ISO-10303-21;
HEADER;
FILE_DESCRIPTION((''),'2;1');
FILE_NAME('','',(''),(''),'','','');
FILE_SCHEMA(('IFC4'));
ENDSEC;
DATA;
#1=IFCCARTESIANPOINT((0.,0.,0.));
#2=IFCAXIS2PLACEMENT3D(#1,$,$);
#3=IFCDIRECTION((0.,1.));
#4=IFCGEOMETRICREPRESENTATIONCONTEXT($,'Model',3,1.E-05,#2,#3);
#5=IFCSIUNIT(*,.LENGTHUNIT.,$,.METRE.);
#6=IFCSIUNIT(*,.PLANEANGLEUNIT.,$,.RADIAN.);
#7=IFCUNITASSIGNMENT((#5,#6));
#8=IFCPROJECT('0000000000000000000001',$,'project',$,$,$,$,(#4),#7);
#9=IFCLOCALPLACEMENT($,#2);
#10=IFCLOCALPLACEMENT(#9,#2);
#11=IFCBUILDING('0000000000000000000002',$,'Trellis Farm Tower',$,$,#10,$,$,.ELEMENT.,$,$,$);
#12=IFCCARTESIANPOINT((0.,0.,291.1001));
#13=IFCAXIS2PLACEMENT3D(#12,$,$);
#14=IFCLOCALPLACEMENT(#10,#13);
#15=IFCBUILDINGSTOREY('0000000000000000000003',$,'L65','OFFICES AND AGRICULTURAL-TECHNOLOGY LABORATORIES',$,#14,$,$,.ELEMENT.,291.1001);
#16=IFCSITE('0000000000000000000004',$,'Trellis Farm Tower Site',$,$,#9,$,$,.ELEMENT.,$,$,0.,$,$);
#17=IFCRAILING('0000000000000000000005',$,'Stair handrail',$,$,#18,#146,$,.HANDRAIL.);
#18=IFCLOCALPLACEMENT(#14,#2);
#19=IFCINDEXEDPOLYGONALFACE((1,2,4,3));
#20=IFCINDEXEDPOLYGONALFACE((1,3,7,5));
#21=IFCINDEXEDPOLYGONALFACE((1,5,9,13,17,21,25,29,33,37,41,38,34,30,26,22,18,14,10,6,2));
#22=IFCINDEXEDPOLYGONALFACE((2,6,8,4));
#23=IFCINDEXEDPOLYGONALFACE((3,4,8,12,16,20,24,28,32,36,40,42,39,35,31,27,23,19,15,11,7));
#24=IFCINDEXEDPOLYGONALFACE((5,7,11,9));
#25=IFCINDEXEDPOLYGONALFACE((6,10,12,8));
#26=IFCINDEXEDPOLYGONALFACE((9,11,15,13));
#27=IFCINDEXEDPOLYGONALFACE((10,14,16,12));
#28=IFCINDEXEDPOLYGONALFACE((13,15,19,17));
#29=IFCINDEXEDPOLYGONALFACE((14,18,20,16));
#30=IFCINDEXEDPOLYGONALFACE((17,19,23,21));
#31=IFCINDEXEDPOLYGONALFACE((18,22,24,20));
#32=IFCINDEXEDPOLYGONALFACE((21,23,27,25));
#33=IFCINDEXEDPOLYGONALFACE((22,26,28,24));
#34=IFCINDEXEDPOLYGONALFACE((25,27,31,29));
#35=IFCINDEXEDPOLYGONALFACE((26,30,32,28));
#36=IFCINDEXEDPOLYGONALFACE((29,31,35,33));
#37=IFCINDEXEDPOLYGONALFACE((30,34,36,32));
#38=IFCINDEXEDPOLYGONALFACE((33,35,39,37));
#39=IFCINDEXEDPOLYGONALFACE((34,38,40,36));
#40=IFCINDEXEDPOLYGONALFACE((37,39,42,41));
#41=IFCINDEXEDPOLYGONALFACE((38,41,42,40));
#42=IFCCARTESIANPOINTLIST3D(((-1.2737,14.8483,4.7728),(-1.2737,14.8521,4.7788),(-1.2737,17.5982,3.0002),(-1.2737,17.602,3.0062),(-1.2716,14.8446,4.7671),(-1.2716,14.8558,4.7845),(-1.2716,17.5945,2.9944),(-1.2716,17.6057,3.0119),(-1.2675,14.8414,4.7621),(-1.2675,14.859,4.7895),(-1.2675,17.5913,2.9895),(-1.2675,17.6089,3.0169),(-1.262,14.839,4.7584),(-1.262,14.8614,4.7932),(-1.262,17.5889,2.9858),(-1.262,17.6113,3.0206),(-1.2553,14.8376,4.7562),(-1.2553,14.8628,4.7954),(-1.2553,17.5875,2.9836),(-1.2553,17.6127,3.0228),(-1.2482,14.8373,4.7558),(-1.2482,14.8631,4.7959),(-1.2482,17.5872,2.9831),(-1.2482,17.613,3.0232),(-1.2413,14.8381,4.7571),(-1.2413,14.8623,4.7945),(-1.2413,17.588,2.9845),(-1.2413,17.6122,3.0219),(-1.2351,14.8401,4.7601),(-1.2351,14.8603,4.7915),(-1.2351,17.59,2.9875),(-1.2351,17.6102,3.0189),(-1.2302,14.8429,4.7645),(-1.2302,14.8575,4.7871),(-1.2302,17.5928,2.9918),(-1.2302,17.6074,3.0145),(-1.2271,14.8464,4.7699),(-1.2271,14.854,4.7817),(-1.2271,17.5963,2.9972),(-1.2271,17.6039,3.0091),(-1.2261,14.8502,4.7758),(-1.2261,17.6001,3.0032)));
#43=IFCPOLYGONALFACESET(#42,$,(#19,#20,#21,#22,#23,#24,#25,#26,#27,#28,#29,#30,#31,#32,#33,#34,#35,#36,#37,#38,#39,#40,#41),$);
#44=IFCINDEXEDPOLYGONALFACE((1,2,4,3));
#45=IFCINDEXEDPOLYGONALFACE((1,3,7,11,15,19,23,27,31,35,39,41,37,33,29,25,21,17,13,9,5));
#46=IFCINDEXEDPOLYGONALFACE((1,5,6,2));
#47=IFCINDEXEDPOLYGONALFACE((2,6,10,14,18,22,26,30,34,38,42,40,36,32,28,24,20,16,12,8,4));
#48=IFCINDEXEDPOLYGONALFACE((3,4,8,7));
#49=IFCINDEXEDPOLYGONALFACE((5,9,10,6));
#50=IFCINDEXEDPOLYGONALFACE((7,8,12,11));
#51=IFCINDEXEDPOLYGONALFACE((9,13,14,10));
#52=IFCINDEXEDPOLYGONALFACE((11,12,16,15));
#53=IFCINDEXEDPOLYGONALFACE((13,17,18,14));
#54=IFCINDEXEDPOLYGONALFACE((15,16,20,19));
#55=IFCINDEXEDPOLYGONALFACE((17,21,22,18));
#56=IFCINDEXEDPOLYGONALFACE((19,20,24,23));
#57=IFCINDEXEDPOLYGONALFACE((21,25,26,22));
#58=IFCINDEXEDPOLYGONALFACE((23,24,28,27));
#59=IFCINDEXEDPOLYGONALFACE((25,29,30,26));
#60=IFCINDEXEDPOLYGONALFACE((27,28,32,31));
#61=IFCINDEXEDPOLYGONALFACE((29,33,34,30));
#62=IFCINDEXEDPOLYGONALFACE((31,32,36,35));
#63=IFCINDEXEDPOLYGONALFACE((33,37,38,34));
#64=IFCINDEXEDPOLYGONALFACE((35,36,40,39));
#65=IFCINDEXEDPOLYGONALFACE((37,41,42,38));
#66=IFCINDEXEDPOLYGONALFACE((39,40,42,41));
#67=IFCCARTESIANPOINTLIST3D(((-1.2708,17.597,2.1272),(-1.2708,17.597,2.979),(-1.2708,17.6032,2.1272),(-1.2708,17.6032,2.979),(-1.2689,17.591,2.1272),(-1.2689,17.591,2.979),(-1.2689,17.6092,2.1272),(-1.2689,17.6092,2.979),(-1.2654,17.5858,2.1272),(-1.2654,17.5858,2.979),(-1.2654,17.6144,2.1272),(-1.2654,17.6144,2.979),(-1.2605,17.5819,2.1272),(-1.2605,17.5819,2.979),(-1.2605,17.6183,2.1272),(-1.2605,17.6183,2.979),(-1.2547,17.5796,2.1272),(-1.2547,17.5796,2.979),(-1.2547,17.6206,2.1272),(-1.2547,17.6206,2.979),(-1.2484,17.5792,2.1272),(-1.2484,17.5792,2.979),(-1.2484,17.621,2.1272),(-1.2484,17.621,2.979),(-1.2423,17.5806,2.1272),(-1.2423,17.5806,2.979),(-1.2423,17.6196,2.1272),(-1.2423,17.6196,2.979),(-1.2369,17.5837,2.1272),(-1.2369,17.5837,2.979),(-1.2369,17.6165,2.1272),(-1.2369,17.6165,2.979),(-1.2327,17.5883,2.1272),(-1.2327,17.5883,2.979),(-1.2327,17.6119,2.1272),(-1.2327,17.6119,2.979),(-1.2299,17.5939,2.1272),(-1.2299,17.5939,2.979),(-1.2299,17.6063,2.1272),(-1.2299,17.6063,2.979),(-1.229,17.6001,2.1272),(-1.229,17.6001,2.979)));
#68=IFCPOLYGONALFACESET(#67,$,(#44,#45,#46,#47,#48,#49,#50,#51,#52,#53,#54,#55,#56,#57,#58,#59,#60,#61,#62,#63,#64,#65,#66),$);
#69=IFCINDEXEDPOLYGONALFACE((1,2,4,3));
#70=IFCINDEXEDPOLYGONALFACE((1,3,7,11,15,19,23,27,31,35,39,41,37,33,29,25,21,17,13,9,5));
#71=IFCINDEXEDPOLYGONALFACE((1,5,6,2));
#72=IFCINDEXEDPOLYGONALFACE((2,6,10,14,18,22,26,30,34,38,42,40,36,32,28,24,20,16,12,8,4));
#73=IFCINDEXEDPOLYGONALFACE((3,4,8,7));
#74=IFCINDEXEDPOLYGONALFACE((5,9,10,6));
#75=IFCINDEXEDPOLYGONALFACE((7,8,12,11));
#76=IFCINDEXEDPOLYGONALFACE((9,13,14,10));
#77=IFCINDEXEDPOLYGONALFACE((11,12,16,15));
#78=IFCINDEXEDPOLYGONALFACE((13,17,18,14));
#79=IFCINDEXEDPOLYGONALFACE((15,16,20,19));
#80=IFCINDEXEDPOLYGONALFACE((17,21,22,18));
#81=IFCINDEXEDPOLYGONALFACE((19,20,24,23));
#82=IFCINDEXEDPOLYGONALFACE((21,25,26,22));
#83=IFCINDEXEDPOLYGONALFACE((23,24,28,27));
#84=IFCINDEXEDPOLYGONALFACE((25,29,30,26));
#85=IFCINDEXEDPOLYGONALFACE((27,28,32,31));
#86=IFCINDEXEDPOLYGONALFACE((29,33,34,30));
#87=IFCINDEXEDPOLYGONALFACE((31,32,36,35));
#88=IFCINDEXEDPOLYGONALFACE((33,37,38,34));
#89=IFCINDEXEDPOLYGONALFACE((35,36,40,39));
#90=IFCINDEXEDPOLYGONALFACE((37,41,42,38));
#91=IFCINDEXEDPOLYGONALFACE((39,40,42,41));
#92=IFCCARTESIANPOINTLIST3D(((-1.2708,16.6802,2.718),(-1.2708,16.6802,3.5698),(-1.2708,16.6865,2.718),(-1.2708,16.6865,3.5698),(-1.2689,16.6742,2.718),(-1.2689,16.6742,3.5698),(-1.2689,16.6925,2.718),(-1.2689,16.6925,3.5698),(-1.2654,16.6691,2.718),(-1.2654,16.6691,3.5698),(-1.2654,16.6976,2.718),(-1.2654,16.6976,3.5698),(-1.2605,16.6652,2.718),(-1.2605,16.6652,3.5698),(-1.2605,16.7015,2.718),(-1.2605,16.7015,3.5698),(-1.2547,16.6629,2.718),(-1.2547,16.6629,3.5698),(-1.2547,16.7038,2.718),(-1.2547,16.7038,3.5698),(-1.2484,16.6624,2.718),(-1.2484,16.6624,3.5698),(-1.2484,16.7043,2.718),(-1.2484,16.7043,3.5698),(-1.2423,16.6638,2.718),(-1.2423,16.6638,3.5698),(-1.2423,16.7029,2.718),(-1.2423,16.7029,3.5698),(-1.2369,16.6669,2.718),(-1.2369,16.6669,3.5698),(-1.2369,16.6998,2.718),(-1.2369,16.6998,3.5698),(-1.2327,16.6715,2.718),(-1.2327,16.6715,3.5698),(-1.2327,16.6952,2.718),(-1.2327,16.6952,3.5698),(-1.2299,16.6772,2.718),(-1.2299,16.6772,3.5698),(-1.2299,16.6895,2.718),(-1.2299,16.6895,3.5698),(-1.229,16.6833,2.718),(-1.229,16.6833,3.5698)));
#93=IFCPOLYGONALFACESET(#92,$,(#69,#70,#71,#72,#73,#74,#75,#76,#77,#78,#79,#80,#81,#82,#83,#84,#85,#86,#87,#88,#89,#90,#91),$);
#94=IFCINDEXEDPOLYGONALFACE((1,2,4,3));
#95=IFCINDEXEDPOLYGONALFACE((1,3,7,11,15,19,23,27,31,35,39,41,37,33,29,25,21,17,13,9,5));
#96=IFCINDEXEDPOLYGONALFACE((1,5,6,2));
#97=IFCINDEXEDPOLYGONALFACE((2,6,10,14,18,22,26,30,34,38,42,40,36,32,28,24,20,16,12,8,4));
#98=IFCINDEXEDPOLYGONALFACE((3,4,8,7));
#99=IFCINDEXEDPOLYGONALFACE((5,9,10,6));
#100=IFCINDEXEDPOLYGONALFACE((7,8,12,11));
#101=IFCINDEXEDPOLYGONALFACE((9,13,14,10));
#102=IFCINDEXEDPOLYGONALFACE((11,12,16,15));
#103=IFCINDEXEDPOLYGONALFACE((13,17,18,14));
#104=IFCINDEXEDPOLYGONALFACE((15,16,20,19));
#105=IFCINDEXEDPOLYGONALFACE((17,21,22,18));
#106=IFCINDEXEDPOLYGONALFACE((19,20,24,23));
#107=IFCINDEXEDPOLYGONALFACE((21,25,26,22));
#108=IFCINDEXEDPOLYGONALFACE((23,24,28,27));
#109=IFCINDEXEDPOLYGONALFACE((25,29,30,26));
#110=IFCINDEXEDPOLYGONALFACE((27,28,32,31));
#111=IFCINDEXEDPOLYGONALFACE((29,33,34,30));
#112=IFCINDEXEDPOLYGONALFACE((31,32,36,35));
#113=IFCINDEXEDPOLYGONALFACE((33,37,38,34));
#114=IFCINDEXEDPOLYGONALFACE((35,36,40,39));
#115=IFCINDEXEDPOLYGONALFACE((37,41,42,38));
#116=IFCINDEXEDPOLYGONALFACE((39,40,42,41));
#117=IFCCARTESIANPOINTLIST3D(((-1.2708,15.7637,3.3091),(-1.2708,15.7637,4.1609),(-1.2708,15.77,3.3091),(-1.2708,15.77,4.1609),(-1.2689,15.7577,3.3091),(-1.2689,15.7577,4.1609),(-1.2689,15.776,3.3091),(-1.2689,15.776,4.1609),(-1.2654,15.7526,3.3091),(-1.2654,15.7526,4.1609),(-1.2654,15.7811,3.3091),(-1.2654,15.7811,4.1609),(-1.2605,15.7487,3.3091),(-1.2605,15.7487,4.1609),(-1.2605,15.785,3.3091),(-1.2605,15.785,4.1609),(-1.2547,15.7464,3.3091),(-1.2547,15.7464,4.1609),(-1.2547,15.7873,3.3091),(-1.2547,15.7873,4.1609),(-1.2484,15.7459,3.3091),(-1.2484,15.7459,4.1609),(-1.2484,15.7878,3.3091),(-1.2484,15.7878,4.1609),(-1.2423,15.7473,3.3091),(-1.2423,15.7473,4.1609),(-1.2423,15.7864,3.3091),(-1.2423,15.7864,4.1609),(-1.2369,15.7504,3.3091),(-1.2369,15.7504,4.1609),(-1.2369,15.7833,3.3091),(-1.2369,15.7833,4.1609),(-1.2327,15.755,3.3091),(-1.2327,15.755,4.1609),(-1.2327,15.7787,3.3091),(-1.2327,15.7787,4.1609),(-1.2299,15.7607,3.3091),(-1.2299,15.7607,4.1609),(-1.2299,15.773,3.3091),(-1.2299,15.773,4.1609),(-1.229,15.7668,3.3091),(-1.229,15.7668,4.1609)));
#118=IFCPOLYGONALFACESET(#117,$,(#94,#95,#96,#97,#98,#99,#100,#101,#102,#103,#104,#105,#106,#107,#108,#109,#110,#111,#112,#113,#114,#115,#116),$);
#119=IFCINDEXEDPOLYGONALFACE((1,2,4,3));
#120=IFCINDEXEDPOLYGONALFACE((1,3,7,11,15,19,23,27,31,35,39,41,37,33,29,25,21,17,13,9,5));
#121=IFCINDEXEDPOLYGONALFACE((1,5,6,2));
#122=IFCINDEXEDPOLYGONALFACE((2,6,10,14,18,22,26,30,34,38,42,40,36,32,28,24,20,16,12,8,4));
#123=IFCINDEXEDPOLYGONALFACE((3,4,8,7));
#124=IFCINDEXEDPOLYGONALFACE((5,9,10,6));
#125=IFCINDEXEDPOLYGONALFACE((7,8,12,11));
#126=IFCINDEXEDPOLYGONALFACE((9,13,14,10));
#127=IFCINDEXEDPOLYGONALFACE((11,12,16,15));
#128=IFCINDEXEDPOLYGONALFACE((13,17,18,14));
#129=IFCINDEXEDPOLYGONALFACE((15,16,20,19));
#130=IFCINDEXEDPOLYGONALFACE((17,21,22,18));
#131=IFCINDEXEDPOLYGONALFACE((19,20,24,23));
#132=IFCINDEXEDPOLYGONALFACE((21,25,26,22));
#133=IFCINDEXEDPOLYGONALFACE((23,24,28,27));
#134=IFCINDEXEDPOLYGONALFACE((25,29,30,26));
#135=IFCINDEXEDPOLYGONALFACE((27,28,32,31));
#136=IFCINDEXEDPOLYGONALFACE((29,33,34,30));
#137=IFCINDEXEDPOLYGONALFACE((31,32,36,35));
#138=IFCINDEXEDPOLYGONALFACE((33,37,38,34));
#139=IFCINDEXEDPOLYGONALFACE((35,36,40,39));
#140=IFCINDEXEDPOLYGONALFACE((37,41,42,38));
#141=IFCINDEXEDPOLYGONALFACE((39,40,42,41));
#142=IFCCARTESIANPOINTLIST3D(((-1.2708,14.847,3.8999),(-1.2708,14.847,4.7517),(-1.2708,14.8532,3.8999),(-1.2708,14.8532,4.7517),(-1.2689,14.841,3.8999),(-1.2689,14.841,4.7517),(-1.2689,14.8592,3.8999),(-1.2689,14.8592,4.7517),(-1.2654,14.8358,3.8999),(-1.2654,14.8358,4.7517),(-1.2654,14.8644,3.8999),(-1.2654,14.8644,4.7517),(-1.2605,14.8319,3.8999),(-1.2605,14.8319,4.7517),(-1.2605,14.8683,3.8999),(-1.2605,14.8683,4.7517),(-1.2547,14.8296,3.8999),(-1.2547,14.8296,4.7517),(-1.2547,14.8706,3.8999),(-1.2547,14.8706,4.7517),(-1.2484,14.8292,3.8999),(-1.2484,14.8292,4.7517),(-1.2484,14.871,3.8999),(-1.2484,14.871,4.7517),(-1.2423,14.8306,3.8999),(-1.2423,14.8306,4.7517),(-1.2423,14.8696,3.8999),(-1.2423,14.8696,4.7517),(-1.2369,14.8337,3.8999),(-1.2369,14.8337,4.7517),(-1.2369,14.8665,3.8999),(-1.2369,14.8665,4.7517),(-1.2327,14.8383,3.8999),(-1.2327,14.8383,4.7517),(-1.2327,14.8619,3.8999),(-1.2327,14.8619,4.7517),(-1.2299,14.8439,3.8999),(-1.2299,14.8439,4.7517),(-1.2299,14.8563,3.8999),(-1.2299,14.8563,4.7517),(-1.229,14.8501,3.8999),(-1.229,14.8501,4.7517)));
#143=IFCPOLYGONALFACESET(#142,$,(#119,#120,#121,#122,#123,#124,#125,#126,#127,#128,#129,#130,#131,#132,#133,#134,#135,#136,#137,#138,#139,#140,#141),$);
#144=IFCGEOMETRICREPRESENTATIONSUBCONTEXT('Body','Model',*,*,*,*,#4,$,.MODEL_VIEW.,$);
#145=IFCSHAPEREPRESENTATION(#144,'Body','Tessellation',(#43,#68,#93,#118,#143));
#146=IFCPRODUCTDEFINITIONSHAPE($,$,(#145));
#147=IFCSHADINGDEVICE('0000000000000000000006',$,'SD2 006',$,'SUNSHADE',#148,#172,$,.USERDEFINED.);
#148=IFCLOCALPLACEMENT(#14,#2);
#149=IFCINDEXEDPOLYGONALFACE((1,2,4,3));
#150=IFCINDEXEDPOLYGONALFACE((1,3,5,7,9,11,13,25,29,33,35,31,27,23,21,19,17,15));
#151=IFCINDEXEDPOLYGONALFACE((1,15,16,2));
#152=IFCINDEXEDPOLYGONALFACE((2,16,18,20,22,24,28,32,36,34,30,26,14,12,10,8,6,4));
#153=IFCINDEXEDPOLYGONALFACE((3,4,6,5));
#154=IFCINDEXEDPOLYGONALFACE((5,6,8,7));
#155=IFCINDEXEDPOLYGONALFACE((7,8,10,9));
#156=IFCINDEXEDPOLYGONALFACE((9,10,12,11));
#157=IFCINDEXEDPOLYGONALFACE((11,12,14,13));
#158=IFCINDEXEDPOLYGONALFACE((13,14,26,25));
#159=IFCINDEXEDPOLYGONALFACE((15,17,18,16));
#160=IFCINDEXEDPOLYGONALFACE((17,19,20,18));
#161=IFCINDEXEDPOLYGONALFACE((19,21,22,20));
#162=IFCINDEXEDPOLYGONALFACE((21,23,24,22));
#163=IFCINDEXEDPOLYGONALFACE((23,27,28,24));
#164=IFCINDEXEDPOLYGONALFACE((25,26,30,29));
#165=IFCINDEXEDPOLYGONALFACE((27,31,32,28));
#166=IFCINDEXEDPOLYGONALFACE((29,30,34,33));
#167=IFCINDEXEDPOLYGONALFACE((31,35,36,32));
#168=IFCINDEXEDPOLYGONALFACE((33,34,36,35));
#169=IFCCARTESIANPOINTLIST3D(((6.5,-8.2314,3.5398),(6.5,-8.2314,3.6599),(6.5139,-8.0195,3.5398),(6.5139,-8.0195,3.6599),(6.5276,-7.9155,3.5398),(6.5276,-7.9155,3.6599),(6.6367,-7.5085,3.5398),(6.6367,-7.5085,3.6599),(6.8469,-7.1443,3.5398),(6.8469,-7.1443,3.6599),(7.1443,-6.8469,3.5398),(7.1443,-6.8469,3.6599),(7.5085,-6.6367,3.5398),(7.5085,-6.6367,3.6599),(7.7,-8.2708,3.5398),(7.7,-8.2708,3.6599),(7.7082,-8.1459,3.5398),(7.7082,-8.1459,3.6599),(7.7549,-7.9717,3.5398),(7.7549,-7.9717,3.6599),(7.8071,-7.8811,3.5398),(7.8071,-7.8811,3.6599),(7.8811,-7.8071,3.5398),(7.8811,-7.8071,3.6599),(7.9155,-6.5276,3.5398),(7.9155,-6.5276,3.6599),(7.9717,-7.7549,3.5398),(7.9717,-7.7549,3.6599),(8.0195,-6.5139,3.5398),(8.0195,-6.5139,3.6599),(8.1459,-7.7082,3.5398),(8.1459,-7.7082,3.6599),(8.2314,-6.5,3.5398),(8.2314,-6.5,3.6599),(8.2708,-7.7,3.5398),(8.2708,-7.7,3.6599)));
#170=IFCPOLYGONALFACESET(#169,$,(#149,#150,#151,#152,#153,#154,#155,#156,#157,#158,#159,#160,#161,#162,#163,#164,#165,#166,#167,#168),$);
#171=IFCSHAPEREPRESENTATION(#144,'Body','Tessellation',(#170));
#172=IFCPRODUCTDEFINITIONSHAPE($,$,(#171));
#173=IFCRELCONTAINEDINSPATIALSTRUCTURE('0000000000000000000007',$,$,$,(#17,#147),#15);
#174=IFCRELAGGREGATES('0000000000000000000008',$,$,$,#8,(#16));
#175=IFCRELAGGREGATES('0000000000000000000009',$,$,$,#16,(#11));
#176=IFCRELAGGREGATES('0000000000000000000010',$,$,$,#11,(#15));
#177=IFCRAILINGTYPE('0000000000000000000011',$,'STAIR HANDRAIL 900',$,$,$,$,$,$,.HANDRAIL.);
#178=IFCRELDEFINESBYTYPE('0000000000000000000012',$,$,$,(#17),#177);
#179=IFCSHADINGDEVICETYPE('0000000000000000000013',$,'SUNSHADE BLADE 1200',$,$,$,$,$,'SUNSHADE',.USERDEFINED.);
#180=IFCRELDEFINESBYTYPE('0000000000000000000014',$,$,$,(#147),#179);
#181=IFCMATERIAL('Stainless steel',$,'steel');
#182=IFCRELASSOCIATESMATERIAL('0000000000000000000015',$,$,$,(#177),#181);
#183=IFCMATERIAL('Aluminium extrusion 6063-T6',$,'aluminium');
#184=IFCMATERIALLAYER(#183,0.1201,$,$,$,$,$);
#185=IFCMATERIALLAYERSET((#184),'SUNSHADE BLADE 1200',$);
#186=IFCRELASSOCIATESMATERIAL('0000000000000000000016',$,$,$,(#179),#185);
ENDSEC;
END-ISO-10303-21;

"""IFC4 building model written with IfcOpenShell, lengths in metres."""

from ifc_helpers import new_model, si_unit, direction, frame, origin, origin_2d, place, context, subcontext, project, spatial, polyline, circle, outline, extrude, source, transform, mapped, material, layer, layer_set, type_object, element, save


model = new_model("IFC4")

# Units and contexts
model_context = context("Model", 3, precision=1e-05, world=origin(), true_north=direction((0.0, 1.0)))
body_context = subcontext(model_context, "Body", "Model", "MODEL_VIEW")
ifc_project = project(units=[si_unit("LENGTHUNIT", "METRE"), si_unit("PLANEANGLEUNIT", "RADIAN")], contexts=[model_context])

# Site, building, storey
site_placement = place(None, origin())
site = spatial("IfcSite", under=ifc_project, at=site_placement, Name="Trellis Farm Tower Site", CompositionType="ELEMENT", RefElevation=0.0)
building_placement = place(site_placement, origin())
building = spatial("IfcBuilding", under=site, at=building_placement, Name="Trellis Farm Tower", CompositionType="ELEMENT")
storey_placement = place(building_placement, frame((0.0, 0.0, 291.1001)))
storey = spatial("IfcBuildingStorey", under=building, at=storey_placement, Name="L65", Description="OFFICES AND AGRICULTURAL-TECHNOLOGY LABORATORIES", CompositionType="ELEMENT", Elevation=291.1001)

# Shared definitions
ifc_material_1 = material(Name="Aluminium extrusion 6063-T6", Category="aluminium")

# Railing
ifc_material_2 = material(Name="Stainless steel", Category="steel")
railing_type = type_object("IfcRailingType", Name="STAIR HANDRAIL 900", PredefinedType="HANDRAIL", material=ifc_material_2)
shared_shape_1 = source(origin(), body_context, "Body", "SweptSolid", [
    extrude(circle(Radius=0.0239, at=origin_2d()), frame((0.0, 0.0, 0.876), z_axis=(0.0, -0.840504, 0.541806), x_axis=(1.0, 0.0, 0.0)), (0.0, 0.0, 1.0), 3.2717),
    extrude(circle(Radius=0.021, at=origin_2d()), origin(), (0.0, 0.0, 1.0), 0.8518),
    extrude(circle(Radius=0.021, at=origin_2d()), frame((0.0, -0.9167, 0.5908)), (0.0, 0.0, 1.0), 0.8518),
    extrude(circle(Radius=0.021, at=origin_2d()), frame((0.0, -1.8333, 1.1819)), (0.0, 0.0, 1.0), 0.8518),
    extrude(circle(Radius=0.021, at=origin_2d()), frame((0.0, -2.75, 1.7727)), (0.0, 0.0, 1.0), 0.8518),
])
railing_placement = place(storey_placement, frame((-1.25, 17.6001, 2.1272)))
element("IfcRailing", 1, at=railing_placement, inside=storey, type_object=railing_type, Name="Stair handrail", PredefinedType="HANDRAIL", context=body_context, shape_type="MappedRepresentation", body=[
    mapped(shared_shape_1, transform((0.0, 0.0, 0.0))),
])

# Shading device
ifc_layer_1 = layer(ifc_material_1, 0.1201)
ifc_layer_set_1 = layer_set([ifc_layer_1], Name="SUNSHADE BLADE 1200")
shading_device_type = type_object("IfcShadingDeviceType", Name="SUNSHADE BLADE 1200", ElementType="SUNSHADE", PredefinedType="USERDEFINED", material=ifc_layer_set_1)
shared_shape_2 = source(origin(), body_context, "Body", "SweptSolid", [
    extrude(outline(polyline([(7.7, -8.2708), (7.7087, -8.1372), (7.707, -8.1501), (7.7549, -7.9717), (7.8071, -7.8811), (7.8811, -7.8071), (7.9717, -7.7549), (8.1501, -7.707), (8.1372, -7.7087), (8.2708, -7.7), (8.2314, -6.5), (8.0195, -6.5139), (7.9155, -6.5276), (7.5085, -6.6367), (7.1443, -6.8469), (6.8469, -7.1443), (6.6367, -7.5085), (6.5276, -7.9155), (6.5139, -8.0195), (6.5, -8.2314), (7.7, -8.2708)])), origin(), (0.0, 0.0, 1.0), 0.1201),
])
shading_device_placement = place(storey_placement, frame((0.0, 0.0, 3.5398)))
element("IfcShadingDevice", 2, at=shading_device_placement, inside=storey, type_object=shading_device_type, Name="SD2 006", ObjectType="SUNSHADE", PredefinedType="USERDEFINED", context=body_context, shape_type="MappedRepresentation", body=[
    mapped(shared_shape_2, transform((0.0, 0.0, 0.0))),
])

save(model, "model.ifc")
